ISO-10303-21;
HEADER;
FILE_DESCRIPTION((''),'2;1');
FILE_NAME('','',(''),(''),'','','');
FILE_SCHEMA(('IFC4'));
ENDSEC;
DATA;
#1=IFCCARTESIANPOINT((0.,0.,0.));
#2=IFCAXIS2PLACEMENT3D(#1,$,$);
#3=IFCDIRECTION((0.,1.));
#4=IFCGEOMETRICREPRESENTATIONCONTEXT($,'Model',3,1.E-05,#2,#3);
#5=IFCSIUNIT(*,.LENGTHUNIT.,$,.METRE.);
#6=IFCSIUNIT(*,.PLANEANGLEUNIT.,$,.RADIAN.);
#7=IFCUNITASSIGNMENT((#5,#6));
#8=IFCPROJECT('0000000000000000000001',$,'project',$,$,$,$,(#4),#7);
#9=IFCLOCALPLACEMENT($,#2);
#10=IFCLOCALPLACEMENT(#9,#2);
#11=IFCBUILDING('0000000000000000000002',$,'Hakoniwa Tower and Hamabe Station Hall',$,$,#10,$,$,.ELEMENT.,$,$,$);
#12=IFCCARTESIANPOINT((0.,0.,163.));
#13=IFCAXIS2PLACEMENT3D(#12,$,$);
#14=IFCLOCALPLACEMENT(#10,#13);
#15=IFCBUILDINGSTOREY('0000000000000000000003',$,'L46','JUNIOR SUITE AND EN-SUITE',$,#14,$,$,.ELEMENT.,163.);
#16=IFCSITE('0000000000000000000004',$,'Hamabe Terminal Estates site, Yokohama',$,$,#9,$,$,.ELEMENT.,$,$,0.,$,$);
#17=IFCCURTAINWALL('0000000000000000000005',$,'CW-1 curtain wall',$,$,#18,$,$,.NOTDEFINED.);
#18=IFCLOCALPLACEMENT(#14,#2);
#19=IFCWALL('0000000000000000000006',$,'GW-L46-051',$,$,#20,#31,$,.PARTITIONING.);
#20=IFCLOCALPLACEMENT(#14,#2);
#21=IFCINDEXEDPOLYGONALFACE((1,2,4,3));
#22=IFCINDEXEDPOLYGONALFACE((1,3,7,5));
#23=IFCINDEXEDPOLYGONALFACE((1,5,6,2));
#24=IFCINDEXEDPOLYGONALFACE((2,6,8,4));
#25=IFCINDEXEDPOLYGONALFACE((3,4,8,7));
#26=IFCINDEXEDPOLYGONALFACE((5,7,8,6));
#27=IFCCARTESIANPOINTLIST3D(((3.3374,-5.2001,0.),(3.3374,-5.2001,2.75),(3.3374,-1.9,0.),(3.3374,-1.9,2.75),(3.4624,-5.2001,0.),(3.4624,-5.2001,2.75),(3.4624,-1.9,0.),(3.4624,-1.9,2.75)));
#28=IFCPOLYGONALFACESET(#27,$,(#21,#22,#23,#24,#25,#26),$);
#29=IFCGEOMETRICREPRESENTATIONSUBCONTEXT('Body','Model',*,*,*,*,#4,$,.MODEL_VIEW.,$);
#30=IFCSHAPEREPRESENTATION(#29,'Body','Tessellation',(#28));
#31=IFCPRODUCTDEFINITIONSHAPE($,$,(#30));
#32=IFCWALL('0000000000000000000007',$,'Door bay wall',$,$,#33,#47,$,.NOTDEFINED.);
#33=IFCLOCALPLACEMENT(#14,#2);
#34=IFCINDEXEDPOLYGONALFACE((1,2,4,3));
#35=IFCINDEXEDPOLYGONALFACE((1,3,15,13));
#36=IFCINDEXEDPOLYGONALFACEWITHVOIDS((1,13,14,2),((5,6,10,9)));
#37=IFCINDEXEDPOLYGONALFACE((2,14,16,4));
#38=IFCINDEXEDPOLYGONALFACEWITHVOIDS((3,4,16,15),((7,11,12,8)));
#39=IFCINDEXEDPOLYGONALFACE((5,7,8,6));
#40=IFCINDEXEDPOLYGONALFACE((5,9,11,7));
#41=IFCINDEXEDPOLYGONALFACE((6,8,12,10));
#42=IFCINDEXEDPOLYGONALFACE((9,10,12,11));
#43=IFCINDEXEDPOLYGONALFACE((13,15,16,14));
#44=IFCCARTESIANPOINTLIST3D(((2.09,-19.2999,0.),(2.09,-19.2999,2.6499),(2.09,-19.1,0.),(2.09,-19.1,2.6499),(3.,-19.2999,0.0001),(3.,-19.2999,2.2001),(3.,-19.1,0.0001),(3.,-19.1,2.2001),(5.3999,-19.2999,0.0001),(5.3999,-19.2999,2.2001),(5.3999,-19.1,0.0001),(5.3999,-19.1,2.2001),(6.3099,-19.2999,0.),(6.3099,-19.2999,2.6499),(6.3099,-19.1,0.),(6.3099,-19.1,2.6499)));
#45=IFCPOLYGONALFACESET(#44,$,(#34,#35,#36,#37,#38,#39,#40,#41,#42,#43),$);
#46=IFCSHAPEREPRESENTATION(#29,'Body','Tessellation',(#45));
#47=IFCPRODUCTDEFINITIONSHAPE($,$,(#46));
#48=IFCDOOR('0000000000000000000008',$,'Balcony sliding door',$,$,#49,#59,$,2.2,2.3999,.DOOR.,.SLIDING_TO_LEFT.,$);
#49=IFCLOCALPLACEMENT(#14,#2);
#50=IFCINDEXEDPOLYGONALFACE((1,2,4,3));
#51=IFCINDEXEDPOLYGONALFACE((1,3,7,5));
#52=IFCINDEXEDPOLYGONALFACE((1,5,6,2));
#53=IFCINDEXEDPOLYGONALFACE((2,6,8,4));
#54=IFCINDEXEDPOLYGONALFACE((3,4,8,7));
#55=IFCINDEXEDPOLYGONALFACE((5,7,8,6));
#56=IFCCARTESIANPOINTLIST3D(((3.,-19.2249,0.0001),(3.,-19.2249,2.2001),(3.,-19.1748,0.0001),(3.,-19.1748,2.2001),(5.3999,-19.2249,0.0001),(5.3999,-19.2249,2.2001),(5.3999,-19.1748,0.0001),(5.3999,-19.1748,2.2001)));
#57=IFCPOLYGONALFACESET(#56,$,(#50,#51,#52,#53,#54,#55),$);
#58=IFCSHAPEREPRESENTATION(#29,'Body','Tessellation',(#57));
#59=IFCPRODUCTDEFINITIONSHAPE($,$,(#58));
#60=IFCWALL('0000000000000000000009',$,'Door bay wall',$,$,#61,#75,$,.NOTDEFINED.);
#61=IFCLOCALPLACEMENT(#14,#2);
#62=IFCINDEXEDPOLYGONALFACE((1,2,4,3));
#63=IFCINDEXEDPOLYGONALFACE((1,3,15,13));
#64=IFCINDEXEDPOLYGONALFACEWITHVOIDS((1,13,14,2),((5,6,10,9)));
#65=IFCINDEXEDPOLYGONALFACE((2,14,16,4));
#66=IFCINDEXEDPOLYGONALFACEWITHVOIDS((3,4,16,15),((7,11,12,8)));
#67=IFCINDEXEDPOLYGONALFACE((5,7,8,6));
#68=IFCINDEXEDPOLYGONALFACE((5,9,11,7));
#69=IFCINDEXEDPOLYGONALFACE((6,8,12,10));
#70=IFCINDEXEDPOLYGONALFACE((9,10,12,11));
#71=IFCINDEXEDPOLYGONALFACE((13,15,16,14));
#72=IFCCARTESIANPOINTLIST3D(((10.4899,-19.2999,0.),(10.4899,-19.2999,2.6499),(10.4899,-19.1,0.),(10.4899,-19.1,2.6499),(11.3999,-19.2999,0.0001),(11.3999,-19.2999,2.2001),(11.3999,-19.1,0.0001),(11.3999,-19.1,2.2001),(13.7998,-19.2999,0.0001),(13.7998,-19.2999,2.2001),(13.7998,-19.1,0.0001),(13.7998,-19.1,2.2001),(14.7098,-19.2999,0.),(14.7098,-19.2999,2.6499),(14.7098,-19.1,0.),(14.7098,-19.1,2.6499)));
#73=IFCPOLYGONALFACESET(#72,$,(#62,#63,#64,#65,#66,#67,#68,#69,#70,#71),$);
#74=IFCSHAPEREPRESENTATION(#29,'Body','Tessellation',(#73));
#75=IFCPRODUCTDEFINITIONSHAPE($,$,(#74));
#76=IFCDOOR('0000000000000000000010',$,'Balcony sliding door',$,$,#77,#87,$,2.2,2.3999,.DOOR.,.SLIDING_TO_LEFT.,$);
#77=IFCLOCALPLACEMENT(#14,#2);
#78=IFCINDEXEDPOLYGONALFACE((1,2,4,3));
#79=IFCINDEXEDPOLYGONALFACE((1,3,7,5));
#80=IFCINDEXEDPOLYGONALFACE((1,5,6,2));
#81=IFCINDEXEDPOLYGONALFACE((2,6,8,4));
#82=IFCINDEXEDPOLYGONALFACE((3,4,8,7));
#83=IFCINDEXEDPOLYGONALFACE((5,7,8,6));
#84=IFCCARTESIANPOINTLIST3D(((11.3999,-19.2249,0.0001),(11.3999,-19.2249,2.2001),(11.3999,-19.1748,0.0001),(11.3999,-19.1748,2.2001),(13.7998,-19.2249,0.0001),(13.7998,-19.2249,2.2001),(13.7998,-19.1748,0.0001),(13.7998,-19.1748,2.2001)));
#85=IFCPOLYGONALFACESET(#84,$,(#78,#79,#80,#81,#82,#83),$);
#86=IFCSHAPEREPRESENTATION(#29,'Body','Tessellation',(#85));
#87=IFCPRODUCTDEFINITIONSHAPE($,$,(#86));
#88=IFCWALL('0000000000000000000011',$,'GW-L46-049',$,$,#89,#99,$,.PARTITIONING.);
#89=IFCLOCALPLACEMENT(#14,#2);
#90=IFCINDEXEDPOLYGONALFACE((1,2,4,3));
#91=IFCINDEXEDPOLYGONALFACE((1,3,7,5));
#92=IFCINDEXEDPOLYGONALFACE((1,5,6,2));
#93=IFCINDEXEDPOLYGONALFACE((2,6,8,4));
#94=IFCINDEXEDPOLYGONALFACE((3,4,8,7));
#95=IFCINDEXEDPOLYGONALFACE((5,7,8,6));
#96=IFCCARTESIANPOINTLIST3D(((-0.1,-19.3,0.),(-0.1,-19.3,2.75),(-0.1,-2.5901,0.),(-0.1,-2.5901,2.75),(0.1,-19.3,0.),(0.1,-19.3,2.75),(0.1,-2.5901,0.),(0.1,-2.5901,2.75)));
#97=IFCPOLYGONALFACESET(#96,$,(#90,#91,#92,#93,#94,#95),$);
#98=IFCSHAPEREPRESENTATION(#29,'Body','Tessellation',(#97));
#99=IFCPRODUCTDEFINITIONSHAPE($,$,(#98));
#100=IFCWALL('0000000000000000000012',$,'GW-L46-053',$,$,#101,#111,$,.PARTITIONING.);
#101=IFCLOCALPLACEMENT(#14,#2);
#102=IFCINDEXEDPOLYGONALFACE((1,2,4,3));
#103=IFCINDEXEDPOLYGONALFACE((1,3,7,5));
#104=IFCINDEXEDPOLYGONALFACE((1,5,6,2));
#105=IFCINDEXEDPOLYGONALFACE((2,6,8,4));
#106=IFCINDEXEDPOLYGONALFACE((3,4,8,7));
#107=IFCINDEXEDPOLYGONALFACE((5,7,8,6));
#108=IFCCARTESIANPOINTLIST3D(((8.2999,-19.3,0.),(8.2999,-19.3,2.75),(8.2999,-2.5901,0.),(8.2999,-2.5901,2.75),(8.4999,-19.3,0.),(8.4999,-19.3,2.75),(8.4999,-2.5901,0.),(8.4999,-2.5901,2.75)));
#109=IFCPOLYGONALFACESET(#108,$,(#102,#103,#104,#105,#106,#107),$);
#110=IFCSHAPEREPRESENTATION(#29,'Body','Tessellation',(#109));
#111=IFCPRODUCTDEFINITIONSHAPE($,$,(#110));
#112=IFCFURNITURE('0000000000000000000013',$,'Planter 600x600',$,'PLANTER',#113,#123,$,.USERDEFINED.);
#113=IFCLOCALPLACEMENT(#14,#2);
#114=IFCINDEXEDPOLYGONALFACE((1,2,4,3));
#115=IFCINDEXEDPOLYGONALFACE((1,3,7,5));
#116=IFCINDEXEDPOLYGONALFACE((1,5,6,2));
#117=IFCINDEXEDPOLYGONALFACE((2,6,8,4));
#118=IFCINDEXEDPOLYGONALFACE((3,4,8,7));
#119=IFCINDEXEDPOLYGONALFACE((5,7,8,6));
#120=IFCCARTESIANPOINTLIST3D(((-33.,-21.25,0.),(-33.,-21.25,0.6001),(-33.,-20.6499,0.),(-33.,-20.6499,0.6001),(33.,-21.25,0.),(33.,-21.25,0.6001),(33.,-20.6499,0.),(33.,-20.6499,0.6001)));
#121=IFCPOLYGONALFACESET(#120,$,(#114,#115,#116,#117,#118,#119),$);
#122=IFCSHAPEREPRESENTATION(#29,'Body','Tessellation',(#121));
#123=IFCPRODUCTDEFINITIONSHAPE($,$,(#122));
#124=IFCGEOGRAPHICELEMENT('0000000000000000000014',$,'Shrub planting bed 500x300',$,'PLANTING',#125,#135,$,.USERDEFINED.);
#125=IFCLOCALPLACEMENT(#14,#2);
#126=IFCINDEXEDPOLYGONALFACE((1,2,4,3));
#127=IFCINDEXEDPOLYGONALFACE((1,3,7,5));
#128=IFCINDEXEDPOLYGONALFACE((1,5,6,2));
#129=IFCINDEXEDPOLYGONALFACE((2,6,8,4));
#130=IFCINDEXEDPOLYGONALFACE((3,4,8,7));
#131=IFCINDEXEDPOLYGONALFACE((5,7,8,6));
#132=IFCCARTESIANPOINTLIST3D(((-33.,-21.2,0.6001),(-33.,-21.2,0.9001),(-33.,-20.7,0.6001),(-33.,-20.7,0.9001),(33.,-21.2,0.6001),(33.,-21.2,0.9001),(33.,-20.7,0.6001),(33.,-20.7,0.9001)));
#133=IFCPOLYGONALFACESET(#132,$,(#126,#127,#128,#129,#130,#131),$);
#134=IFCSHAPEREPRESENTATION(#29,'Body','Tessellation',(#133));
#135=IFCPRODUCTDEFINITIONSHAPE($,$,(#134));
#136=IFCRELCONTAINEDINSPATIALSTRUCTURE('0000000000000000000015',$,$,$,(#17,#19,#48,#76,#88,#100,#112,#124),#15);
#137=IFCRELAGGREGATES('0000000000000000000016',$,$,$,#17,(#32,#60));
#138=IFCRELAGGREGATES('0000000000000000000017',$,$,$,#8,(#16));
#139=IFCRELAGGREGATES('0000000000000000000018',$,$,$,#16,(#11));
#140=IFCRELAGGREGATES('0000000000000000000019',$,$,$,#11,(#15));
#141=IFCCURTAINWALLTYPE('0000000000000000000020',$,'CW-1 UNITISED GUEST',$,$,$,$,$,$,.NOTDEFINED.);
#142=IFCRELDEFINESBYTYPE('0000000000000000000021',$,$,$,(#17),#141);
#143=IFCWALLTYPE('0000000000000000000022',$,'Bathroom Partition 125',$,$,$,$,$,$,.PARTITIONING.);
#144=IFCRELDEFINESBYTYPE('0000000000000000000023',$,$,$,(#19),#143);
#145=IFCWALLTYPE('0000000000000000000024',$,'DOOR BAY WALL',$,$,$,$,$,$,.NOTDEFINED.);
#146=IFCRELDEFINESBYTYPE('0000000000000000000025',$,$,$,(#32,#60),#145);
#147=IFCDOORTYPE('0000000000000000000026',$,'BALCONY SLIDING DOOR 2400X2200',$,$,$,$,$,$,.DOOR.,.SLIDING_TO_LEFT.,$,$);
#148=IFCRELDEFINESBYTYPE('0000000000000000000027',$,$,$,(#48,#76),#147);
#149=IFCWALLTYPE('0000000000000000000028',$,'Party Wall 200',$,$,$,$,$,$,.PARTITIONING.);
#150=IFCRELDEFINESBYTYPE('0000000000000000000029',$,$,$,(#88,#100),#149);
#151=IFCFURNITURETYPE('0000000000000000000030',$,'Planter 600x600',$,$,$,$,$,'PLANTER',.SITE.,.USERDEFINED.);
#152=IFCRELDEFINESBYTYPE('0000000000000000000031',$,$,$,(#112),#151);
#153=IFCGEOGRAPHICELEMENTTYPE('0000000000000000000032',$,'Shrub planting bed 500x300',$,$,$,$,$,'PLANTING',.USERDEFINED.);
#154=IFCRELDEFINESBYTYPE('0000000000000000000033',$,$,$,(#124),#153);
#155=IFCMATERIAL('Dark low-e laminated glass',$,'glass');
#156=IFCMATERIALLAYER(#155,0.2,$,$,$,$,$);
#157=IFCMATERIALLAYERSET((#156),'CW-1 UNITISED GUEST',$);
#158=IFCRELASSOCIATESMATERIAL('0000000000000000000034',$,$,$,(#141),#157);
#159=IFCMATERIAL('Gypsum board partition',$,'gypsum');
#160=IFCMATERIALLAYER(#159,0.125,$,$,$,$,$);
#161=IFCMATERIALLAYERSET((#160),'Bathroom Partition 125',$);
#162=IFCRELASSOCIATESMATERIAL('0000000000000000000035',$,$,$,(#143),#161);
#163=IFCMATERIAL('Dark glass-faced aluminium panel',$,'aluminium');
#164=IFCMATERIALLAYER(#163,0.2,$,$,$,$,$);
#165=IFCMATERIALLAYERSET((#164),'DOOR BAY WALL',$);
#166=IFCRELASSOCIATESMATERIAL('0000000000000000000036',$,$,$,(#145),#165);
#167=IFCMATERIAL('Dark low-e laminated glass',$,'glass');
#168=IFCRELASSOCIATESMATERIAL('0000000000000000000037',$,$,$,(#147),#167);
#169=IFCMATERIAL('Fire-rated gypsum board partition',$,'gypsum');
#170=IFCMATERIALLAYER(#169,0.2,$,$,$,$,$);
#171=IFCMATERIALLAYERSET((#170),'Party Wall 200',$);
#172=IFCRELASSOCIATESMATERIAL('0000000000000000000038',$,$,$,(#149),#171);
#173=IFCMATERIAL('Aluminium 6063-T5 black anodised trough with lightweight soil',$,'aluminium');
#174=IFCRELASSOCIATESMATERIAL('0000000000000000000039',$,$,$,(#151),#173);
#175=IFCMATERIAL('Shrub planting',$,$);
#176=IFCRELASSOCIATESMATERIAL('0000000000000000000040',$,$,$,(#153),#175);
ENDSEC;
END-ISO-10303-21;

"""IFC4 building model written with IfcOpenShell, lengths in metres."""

from ifc_helpers import new_model, si_unit, direction, frame, frame_2d, origin, origin_2d, place, context, subcontext, project, spatial, rectangle, extrude, material, layer, layer_set, type_object, element, fill, aggregate, save


model = new_model("IFC4")

# Units and contexts
model_context = context("Model", 3, precision=1e-05, world=origin(), true_north=direction((0.0, 1.0)))
body_context = subcontext(model_context, "Body", "Model", "MODEL_VIEW")
ifc_project = project(units=[si_unit("LENGTHUNIT", "METRE"), si_unit("PLANEANGLEUNIT", "RADIAN")], contexts=[model_context])

# Site, building, storey
site_placement = place(None, origin())
site = spatial("IfcSite", under=ifc_project, at=site_placement, Name="Hamabe Terminal Estates site, Yokohama", CompositionType="ELEMENT", RefElevation=0.0)
building_placement = place(site_placement, origin())
building = spatial("IfcBuilding", under=site, at=building_placement, Name="Hakoniwa Tower and Hamabe Station Hall", CompositionType="ELEMENT")
storey_placement = place(building_placement, frame((0.0, 0.0, 163.0)))
storey = spatial("IfcBuildingStorey", under=building, at=storey_placement, Name="L46", Description="JUNIOR SUITE AND EN-SUITE", CompositionType="ELEMENT", Elevation=163.0)

# Curtain wall
ifc_material_1 = material(Name="Dark low-e laminated glass", Category="glass")
ifc_layer_1 = layer(ifc_material_1, 0.2)
ifc_layer_set_1 = layer_set([ifc_layer_1], Name="CW-1 UNITISED GUEST")
curtain_wall_type = type_object("IfcCurtainWallType", Name="CW-1 UNITISED GUEST", PredefinedType="NOTDEFINED", material=ifc_layer_set_1)
curtain_wall_placement = place(storey_placement, origin())
curtain_wall = element("IfcCurtainWall", 1, at=curtain_wall_placement, inside=storey, type_object=curtain_wall_type, Name="CW-1 curtain wall", PredefinedType="NOTDEFINED")

# Shared definitions
ifc_material_2 = material(Name="Gypsum board partition", Category="gypsum")
ifc_layer_2 = layer(ifc_material_2, 0.125)
ifc_layer_set_2 = layer_set([ifc_layer_2], Name="Bathroom Partition 125")
wall_type_1 = type_object("IfcWallType", Name="Bathroom Partition 125", PredefinedType="PARTITIONING", material=ifc_layer_set_2)

# Wall
wall_1_placement = place(storey_placement, frame((3.3999, -5.2, 0.0), z_axis=(0.0, 0.0, 1.0), x_axis=(0.0, 1.0, 0.0)))
element("IfcWall", 2, at=wall_1_placement, inside=storey, type_object=wall_type_1, Name="GW-L46-051", PredefinedType="PARTITIONING", context=body_context, shape_type="SweptSolid", body=[
    extrude(rectangle(XDim=3.3, YDim=0.125, at=frame_2d((1.6499, 0.0))), origin(), (0.0, 0.0, 1.0), 2.75),
])

# Walls, openings, doors
ifc_material_3 = material(Name="Dark glass-faced aluminium panel", Category="aluminium")
ifc_layer_3 = layer(ifc_material_3, 0.2)
ifc_layer_set_3 = layer_set([ifc_layer_3], Name="DOOR BAY WALL")
wall_type_2 = type_object("IfcWallType", Name="DOOR BAY WALL", PredefinedType="NOTDEFINED", material=ifc_layer_set_3)
wall_2_placement = place(storey_placement, frame((2.0901, -19.2, 0.0), z_axis=(0.0, 0.0, 1.0), x_axis=(1.0, 0.0, 0.0)))
wall_2 = element("IfcWall", 3, at=wall_2_placement, type_object=wall_type_2, Name="Door bay wall", PredefinedType="NOTDEFINED", context=body_context, shape_type="SweptSolid", body=[
    extrude(rectangle(XDim=4.22, YDim=0.2, at=frame_2d((2.1099, 0.0))), origin(), (0.0, 0.0, 1.0), 2.6499),
])
opening_1_placement = place(wall_2_placement, frame((0.9099, 0.0, 0.0)))
opening_1 = element("IfcOpeningElement", 4, at=opening_1_placement, cuts=wall_2, PredefinedType="OPENING", context=body_context, shape_type="SweptSolid", body=[
    extrude(rectangle(XDim=2.3999, YDim=2.2, at=frame_2d((1.2, 1.1001))), frame((0.0, 0.1099, 0.0), z_axis=(0.0, -1.0, 0.0), x_axis=(1.0, 0.0, 0.0)), (0.0, 0.0, 1.0), 0.22),
])
ifc_material_4 = material(Name="Dark low-e laminated glass", Category="glass")
door_type_1 = type_object("IfcDoorType", Name="BALCONY SLIDING DOOR 2400X2200", OperationType="SLIDING_TO_LEFT", PredefinedType="DOOR", material=ifc_material_4)
door_1_placement = place(opening_1_placement, frame((2.3999, 0.0, 0.0), z_axis=(0.0, 0.0, 1.0), x_axis=(-1.0, 0.0, 0.0)))
door_1 = element("IfcDoor", 5, at=door_1_placement, inside=storey, type_object=door_type_1, Name="Balcony sliding door", OperationType="SLIDING_TO_LEFT", OverallHeight=2.2, OverallWidth=2.3999, PredefinedType="DOOR", context=body_context, shape_type="SweptSolid", body=[
    extrude(rectangle(XDim=2.3999, YDim=2.2, at=frame_2d((1.2, 1.1001))), frame((0.0, 0.0249, 0.0), z_axis=(0.0, -1.0, 0.0), x_axis=(1.0, 0.0, 0.0)), (0.0, 0.0, 1.0), 0.05),
])
fill(opening_1, door_1)
wall_3_placement = place(storey_placement, frame((10.49, -19.2, 0.0), z_axis=(0.0, 0.0, 1.0), x_axis=(1.0, 0.0, 0.0)))
wall_3 = element("IfcWall", 6, at=wall_3_placement, type_object=wall_type_2, Name="Door bay wall", PredefinedType="NOTDEFINED", context=body_context, shape_type="SweptSolid", body=[
    extrude(rectangle(XDim=4.22, YDim=0.2, at=frame_2d((2.1099, 0.0))), origin(), (0.0, 0.0, 1.0), 2.6499),
])
opening_2_placement = place(wall_3_placement, frame((0.9099, 0.0, 0.0)))
opening_2 = element("IfcOpeningElement", 7, at=opening_2_placement, cuts=wall_3, PredefinedType="OPENING", context=body_context, shape_type="SweptSolid", body=[
    extrude(rectangle(XDim=2.3999, YDim=2.2, at=frame_2d((1.2, 1.1001))), frame((0.0, 0.1099, 0.0), z_axis=(0.0, -1.0, 0.0), x_axis=(1.0, 0.0, 0.0)), (0.0, 0.0, 1.0), 0.22),
])
door_2_placement = place(opening_2_placement, frame((2.3999, 0.0, 0.0), z_axis=(0.0, 0.0, 1.0), x_axis=(-1.0, 0.0, 0.0)))
door_2 = element("IfcDoor", 8, at=door_2_placement, inside=storey, type_object=door_type_1, Name="Balcony sliding door", OperationType="SLIDING_TO_LEFT", OverallHeight=2.2, OverallWidth=2.3999, PredefinedType="DOOR", context=body_context, shape_type="SweptSolid", body=[
    extrude(rectangle(XDim=2.3999, YDim=2.2, at=frame_2d((1.2, 1.1001))), frame((0.0, 0.0249, 0.0), z_axis=(0.0, -1.0, 0.0), x_axis=(1.0, 0.0, 0.0)), (0.0, 0.0, 1.0), 0.05),
])
fill(opening_2, door_2)
aggregate(curtain_wall, [wall_2, wall_3])

# Walls
ifc_material_5 = material(Name="Fire-rated gypsum board partition", Category="gypsum")
ifc_layer_4 = layer(ifc_material_5, 0.2)
ifc_layer_set_4 = layer_set([ifc_layer_4], Name="Party Wall 200")
wall_type_3 = type_object("IfcWallType", Name="Party Wall 200", PredefinedType="PARTITIONING", material=ifc_layer_set_4)
for number, where, z_axis, x_axis, name in (
    (9, (0.0, -19.3, 0.0), (0.0, 0.0, 1.0), (0.0, 1.0, 0.0), "GW-L46-049"),
    (10, (8.3999, -19.3, 0.0), (0.0, 0.0, 1.0), (0.0, 1.0, 0.0), "GW-L46-053"),
):
    element("IfcWall", number, at=place(storey_placement, frame(where, z_axis=z_axis, x_axis=x_axis)), inside=storey, type_object=wall_type_3, Name=name, PredefinedType="PARTITIONING", context=body_context, shape_type="SweptSolid", body=[
        extrude(rectangle(XDim=16.71, YDim=0.2, at=frame_2d((8.355, 0.0))), origin(), (0.0, 0.0, 1.0), 2.75),
    ])

# Furniture
ifc_material_6 = material(Name="Aluminium 6063-T5 black anodised trough with lightweight soil", Category="aluminium")
furniture_type = type_object("IfcFurnitureType", Name="Planter 600x600", ElementType="PLANTER", AssemblyPlace="SITE", PredefinedType="USERDEFINED", material=ifc_material_6)
furniture_placement = place(storey_placement, frame((0.0, -20.95, 0.0), z_axis=(0.0, 0.0, 1.0), x_axis=(1.0, 0.0, 0.0)))
element("IfcFurniture", 11, at=furniture_placement, inside=storey, type_object=furniture_type, Name="Planter 600x600", ObjectType="PLANTER", PredefinedType="USERDEFINED", context=body_context, shape_type="SweptSolid", body=[
    extrude(rectangle(XDim=66.0, YDim=0.6001, at=origin_2d()), origin(), (0.0, 0.0, 1.0), 0.6001),
])

# Geographic element
ifc_material_7 = material(Name="Shrub planting")
geographic_element_type = type_object("IfcGeographicElementType", Name="Shrub planting bed 500x300", ElementType="PLANTING", PredefinedType="USERDEFINED", material=ifc_material_7)
geographic_element_placement = place(storey_placement, frame((0.0, -20.95, 0.6001), z_axis=(0.0, 0.0, 1.0), x_axis=(1.0, 0.0, 0.0)))
element("IfcGeographicElement", 12, at=geographic_element_placement, inside=storey, type_object=geographic_element_type, Name="Shrub planting bed 500x300", ObjectType="PLANTING", PredefinedType="USERDEFINED", context=body_context, shape_type="SweptSolid", body=[
    extrude(rectangle(XDim=66.0, YDim=0.5, at=origin_2d()), origin(), (0.0, 0.0, 1.0), 0.3),
])

save(model, "model.ifc")
